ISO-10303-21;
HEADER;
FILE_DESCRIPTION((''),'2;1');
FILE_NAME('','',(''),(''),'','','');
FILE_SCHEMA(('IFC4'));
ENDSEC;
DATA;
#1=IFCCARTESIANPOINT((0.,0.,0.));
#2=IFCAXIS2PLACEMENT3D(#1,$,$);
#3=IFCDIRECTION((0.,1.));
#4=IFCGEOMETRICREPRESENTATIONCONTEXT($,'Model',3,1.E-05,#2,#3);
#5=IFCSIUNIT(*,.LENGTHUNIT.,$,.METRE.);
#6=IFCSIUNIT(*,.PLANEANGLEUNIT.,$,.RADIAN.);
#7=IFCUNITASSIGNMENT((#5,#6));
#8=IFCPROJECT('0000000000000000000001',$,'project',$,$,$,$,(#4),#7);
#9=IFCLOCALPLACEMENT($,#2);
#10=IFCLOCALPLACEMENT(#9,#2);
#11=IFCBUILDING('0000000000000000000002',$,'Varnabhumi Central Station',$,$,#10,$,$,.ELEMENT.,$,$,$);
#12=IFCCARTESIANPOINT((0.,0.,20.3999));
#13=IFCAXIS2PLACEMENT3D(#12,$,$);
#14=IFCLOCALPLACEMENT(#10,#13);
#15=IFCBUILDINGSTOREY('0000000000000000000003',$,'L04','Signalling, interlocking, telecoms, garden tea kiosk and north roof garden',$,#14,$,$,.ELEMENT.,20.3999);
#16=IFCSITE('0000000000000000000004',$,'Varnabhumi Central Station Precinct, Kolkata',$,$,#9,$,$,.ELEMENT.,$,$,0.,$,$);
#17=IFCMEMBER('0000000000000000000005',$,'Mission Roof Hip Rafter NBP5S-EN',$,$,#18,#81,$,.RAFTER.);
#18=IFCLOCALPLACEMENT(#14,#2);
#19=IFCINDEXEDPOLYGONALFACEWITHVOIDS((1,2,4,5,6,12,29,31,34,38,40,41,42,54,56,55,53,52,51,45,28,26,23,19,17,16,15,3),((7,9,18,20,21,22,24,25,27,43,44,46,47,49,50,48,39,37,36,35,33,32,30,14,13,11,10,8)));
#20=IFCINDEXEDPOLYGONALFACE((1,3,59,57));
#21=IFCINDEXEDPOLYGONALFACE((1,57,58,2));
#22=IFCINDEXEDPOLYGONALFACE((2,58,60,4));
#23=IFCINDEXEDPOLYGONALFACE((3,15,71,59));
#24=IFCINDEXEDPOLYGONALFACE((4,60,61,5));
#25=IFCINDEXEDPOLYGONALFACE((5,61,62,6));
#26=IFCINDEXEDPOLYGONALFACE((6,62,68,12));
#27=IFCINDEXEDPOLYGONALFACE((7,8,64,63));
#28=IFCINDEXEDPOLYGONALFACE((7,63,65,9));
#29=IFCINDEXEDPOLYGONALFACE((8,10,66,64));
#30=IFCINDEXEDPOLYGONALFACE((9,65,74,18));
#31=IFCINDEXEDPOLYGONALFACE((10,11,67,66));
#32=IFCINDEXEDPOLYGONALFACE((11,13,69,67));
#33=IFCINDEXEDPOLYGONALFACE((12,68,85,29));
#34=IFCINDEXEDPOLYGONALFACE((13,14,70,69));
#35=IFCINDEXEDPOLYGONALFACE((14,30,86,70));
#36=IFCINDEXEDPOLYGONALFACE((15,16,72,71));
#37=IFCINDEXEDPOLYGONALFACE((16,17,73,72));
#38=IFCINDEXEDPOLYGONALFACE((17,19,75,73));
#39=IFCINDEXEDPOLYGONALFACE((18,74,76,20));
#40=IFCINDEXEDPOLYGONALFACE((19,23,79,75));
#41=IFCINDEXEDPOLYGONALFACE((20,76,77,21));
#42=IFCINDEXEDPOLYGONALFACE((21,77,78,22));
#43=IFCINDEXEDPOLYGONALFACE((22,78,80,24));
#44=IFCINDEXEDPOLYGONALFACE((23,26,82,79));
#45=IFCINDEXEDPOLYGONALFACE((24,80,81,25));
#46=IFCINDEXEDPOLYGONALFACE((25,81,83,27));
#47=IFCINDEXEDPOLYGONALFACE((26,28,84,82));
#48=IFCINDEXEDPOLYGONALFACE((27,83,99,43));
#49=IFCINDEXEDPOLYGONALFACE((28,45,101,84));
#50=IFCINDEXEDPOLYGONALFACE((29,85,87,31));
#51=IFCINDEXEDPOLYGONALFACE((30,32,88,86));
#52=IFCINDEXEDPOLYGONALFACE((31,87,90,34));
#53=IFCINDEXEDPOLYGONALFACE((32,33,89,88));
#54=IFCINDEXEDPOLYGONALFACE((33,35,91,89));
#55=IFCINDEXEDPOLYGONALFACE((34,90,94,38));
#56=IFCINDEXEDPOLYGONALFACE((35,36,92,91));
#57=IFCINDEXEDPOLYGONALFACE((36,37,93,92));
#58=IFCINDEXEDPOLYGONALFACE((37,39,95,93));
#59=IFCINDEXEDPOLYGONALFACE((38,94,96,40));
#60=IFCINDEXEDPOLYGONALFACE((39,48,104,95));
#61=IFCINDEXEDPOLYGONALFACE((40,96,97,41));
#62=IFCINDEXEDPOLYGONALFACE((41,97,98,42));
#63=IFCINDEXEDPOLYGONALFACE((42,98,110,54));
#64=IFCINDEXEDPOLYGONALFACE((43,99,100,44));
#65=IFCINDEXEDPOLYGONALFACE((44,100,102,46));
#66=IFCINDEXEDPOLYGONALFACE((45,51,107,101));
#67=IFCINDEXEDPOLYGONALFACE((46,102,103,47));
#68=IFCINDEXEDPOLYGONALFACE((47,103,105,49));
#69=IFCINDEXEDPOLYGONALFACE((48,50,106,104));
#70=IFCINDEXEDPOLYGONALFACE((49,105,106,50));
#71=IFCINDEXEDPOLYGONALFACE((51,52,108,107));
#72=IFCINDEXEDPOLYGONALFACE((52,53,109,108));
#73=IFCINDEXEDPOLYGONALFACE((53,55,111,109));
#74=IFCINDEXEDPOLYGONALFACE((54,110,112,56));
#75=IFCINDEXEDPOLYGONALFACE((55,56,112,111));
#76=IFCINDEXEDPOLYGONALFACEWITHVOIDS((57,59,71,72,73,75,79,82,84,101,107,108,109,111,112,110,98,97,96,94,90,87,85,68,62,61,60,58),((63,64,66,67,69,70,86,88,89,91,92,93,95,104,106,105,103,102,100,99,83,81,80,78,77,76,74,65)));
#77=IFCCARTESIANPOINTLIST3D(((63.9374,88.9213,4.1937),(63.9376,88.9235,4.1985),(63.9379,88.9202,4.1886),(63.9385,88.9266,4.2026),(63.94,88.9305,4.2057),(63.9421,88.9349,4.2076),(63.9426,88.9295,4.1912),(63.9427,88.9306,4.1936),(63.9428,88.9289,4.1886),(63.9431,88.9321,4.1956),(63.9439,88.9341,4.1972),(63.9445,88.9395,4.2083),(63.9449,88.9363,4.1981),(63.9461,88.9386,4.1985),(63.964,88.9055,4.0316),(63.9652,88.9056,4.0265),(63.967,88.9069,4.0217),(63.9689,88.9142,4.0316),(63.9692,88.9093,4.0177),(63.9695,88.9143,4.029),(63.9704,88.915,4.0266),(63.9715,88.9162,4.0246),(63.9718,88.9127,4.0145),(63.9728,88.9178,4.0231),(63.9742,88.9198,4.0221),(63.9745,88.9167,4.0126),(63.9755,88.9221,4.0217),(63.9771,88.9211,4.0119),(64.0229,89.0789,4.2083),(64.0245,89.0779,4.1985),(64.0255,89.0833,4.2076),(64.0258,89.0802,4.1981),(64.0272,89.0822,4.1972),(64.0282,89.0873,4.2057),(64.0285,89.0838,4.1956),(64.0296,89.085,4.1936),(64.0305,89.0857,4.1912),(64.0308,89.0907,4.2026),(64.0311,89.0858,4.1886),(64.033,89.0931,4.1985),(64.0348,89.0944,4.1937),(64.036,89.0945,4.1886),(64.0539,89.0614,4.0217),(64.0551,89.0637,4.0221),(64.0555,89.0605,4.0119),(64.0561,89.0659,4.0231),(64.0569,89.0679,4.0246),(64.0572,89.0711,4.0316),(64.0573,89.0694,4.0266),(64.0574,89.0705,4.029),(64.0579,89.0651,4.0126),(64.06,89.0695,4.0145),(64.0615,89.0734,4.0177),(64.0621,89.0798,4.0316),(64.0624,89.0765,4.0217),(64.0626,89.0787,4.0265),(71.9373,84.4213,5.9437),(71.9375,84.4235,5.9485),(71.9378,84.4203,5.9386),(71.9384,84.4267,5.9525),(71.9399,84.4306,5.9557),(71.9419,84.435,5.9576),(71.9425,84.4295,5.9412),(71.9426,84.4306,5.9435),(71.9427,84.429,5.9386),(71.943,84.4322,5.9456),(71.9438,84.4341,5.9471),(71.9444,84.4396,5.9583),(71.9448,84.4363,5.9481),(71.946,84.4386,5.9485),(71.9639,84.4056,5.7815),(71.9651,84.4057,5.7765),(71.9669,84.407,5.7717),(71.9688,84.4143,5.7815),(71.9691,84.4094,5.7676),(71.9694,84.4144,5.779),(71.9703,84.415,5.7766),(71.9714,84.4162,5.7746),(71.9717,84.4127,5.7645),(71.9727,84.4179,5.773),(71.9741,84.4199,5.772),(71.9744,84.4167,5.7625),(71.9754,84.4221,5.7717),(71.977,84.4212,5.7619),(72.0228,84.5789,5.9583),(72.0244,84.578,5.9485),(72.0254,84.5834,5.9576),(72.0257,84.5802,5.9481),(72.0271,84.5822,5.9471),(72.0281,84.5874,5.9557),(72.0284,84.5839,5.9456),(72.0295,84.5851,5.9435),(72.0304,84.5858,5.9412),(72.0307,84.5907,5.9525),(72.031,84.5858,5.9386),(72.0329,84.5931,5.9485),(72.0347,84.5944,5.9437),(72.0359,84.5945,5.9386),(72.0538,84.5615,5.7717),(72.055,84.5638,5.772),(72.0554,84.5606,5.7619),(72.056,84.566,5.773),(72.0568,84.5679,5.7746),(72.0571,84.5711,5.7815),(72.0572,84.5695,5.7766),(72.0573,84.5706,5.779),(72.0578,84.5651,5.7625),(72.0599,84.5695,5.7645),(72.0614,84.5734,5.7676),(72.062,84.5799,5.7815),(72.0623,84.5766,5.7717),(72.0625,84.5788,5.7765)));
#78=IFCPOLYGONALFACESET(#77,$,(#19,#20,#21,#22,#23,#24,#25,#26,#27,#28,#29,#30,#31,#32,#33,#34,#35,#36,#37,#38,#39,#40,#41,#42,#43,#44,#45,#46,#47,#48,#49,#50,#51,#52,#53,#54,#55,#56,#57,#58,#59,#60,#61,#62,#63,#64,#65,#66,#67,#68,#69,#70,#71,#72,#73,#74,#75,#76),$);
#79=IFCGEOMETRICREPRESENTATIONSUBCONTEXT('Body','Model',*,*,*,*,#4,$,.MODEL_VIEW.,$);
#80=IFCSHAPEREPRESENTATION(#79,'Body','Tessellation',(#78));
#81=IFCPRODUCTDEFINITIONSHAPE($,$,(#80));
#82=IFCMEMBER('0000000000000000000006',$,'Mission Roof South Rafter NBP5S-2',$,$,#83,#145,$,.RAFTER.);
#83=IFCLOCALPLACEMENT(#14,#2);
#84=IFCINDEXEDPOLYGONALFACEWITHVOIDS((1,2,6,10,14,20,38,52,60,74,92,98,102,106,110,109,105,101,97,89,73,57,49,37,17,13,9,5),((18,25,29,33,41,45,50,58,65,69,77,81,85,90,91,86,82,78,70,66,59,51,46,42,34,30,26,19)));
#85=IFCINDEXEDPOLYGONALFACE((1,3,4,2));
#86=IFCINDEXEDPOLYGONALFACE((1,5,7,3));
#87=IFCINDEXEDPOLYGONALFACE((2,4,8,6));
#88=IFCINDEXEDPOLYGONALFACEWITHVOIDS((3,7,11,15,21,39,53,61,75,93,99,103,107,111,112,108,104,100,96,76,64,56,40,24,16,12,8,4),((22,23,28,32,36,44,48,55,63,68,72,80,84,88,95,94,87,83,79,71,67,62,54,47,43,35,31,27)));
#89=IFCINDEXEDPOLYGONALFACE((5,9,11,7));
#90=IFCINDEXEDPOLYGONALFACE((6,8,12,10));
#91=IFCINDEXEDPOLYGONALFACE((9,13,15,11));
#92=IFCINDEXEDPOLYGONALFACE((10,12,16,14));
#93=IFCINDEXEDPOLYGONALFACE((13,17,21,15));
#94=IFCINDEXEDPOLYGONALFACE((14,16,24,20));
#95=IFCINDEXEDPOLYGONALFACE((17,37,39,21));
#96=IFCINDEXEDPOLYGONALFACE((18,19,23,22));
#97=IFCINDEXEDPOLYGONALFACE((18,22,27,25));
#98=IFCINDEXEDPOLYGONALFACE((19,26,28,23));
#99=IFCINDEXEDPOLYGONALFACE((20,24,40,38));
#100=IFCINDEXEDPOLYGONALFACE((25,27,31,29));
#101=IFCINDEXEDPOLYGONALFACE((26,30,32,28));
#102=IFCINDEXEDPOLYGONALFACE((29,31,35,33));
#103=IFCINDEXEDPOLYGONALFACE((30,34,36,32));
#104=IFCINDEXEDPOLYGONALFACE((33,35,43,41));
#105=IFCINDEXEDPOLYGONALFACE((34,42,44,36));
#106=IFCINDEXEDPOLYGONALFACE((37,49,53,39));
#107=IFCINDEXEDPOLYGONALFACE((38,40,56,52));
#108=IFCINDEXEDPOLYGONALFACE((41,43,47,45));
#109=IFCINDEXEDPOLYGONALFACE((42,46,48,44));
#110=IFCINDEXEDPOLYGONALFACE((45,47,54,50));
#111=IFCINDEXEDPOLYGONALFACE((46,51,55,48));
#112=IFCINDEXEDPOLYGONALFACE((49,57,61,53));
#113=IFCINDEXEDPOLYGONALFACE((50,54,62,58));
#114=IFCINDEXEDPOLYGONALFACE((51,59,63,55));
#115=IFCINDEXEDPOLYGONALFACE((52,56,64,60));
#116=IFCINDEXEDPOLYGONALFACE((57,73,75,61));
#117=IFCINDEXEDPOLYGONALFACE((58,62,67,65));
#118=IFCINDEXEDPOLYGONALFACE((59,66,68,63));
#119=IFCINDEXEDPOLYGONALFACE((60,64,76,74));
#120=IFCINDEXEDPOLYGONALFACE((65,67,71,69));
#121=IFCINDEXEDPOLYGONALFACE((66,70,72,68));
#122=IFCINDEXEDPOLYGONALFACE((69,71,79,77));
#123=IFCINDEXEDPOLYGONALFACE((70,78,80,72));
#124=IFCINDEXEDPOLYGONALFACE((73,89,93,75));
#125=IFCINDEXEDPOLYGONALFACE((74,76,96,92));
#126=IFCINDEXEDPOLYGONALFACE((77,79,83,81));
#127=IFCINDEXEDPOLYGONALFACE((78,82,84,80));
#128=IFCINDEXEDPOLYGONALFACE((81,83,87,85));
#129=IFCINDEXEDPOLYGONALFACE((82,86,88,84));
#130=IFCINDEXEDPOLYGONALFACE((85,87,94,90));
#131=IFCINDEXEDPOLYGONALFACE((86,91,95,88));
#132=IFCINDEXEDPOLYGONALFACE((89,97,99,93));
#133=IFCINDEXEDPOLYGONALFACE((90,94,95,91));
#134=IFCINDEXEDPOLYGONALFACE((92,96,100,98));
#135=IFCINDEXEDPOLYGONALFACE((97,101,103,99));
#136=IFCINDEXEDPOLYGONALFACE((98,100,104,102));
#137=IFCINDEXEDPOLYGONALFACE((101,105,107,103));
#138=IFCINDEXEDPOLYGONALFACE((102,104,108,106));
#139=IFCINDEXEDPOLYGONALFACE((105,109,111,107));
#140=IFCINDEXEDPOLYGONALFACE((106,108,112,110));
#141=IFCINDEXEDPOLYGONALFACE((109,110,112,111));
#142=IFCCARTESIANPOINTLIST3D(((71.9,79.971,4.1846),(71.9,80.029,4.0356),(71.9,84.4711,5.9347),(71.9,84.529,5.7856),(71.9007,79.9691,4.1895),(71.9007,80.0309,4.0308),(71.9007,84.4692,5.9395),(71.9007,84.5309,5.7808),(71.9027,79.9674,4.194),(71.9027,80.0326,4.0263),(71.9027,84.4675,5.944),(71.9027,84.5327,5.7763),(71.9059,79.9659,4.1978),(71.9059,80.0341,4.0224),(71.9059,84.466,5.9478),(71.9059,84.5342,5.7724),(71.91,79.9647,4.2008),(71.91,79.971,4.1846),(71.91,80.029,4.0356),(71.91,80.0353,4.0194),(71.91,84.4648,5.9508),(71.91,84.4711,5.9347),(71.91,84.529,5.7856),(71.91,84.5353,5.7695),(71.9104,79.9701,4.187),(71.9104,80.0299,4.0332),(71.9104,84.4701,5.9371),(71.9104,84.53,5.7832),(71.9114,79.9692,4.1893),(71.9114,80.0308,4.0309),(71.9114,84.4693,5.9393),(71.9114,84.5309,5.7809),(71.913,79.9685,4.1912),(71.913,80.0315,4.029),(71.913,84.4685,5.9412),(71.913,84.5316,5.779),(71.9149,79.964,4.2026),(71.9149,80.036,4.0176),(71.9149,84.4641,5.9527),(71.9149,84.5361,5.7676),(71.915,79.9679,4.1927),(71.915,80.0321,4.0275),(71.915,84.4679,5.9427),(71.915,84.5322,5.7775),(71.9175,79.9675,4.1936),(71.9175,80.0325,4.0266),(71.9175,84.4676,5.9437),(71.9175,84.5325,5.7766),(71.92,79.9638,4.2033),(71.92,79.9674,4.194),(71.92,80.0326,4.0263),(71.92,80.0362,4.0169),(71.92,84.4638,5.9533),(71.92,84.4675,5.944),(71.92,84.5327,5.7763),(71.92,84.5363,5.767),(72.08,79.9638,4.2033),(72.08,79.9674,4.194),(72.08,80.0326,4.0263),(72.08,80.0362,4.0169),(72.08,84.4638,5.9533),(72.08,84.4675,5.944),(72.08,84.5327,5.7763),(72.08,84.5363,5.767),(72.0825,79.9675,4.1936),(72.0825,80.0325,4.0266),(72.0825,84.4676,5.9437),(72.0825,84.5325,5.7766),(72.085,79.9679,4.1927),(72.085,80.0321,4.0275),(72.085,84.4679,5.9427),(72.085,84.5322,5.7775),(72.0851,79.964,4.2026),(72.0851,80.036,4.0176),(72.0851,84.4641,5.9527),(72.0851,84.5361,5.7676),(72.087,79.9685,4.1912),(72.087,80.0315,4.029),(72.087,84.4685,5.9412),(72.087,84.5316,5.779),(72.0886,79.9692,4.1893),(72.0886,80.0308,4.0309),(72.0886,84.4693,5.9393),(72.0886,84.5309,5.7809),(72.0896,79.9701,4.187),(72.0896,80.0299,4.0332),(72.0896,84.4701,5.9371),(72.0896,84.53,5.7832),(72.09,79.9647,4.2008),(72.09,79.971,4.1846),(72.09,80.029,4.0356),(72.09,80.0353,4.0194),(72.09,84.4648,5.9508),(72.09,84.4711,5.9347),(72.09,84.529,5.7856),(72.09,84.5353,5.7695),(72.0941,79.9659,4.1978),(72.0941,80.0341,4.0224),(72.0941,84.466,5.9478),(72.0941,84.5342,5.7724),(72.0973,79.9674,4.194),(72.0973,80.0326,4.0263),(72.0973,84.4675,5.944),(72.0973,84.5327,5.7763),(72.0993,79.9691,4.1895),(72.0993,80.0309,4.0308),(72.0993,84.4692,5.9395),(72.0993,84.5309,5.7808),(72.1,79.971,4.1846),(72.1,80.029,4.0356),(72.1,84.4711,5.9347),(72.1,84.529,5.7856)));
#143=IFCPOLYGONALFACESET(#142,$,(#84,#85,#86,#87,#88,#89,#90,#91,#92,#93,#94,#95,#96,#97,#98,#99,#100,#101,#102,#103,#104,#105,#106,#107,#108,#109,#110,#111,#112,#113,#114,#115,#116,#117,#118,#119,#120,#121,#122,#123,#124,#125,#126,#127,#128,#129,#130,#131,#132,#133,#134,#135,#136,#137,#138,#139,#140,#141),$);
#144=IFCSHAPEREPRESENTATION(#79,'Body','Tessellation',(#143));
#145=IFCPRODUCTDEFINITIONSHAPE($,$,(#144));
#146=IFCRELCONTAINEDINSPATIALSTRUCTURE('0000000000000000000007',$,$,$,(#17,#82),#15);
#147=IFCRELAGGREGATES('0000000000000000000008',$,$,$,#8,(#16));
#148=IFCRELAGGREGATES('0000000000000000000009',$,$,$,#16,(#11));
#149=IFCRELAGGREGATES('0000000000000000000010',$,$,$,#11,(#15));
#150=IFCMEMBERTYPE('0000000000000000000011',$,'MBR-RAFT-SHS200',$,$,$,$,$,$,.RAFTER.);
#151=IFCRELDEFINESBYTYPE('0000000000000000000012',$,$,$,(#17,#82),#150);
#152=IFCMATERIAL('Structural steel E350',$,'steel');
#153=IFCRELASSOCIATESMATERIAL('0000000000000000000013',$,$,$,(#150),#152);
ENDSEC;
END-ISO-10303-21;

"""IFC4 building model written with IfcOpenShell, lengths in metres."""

from ifc_helpers import new_model, si_unit, direction, frame, origin, origin_2d, place, context, subcontext, project, spatial, hollow_rectangle, extrude, material, material_profile, profile_set, type_object, element, save


model = new_model("IFC4")

# Units and contexts
model_context = context("Model", 3, precision=1e-05, world=origin(), true_north=direction((0.0, 1.0)))
body_context = subcontext(model_context, "Body", "Model", "MODEL_VIEW")
ifc_project = project(units=[si_unit("LENGTHUNIT", "METRE"), si_unit("PLANEANGLEUNIT", "RADIAN")], contexts=[model_context])

# Site, building, storey
site_placement = place(None, origin())
site = spatial("IfcSite", under=ifc_project, at=site_placement, Name="Varnabhumi Central Station Precinct, Kolkata", CompositionType="ELEMENT", RefElevation=0.0)
building_placement = place(site_placement, origin())
building = spatial("IfcBuilding", under=site, at=building_placement, Name="Varnabhumi Central Station", CompositionType="ELEMENT")
storey_placement = place(building_placement, frame((0.0, 0.0, 20.3999)))
storey = spatial("IfcBuildingStorey", under=building, at=storey_placement, Name="L04", Description="Signalling, interlocking, telecoms, garden tea kiosk and north roof garden", CompositionType="ELEMENT", Elevation=20.3999)

# Shared definitions
ifc_material_1 = material(Name="Structural steel E350", Category="steel")

# Members
ifc_material_profile_1 = material_profile(ifc_material_1, hollow_rectangle(XDim=0.2, YDim=0.2, WallThickness=0.01, InnerFilletRadius=0.01, OuterFilletRadius=0.02, at=origin_2d()), Name="Structural steel E350", Category="steel")
ifc_profile_set_1 = profile_set([ifc_material_profile_1], Name="Structural steel E350")
member_type_1 = type_object("IfcMemberType", Name="MBR-RAFT-SHS200", PredefinedType="RAFTER", material=ifc_profile_set_1)
member_1_placement = place(storey_placement, frame((64.0, 89.0, 4.1101), z_axis=(0.856154, -0.481586, 0.187284), x_axis=(0.490261, 0.871576, 0.0)))
element("IfcMember", 1, at=member_1_placement, inside=storey, type_object=member_type_1, Name="Mission Roof Hip Rafter NBP5S-EN", PredefinedType="RAFTER", context=body_context, shape_type="SweptSolid", body=[
    extrude(hollow_rectangle(XDim=0.2, YDim=0.2, WallThickness=0.01, InnerFilletRadius=0.01, OuterFilletRadius=0.02, at=origin_2d()), origin(), (0.0, 0.0, 1.0), 9.344),
])
for number, where, z_axis, x_axis, name in (
    (2, (72.0, 80.0, 4.1101), (0.0, 0.932005, 0.362446), (-1.0, 0.0, 0.0), "Mission Roof South Rafter NBP5S-2"),
):
    element("IfcMember", number, at=place(storey_placement, frame(where, z_axis=z_axis, x_axis=x_axis)), inside=storey, type_object=member_type_1, Name=name, PredefinedType="RAFTER", context=body_context, shape_type="SweptSolid", body=[
        extrude(hollow_rectangle(XDim=0.2, YDim=0.2, WallThickness=0.01, InnerFilletRadius=0.01, OuterFilletRadius=0.02, at=origin_2d()), origin(), (0.0, 0.0, 1.0), 4.8284),
    ])

save(model, "model.ifc")
